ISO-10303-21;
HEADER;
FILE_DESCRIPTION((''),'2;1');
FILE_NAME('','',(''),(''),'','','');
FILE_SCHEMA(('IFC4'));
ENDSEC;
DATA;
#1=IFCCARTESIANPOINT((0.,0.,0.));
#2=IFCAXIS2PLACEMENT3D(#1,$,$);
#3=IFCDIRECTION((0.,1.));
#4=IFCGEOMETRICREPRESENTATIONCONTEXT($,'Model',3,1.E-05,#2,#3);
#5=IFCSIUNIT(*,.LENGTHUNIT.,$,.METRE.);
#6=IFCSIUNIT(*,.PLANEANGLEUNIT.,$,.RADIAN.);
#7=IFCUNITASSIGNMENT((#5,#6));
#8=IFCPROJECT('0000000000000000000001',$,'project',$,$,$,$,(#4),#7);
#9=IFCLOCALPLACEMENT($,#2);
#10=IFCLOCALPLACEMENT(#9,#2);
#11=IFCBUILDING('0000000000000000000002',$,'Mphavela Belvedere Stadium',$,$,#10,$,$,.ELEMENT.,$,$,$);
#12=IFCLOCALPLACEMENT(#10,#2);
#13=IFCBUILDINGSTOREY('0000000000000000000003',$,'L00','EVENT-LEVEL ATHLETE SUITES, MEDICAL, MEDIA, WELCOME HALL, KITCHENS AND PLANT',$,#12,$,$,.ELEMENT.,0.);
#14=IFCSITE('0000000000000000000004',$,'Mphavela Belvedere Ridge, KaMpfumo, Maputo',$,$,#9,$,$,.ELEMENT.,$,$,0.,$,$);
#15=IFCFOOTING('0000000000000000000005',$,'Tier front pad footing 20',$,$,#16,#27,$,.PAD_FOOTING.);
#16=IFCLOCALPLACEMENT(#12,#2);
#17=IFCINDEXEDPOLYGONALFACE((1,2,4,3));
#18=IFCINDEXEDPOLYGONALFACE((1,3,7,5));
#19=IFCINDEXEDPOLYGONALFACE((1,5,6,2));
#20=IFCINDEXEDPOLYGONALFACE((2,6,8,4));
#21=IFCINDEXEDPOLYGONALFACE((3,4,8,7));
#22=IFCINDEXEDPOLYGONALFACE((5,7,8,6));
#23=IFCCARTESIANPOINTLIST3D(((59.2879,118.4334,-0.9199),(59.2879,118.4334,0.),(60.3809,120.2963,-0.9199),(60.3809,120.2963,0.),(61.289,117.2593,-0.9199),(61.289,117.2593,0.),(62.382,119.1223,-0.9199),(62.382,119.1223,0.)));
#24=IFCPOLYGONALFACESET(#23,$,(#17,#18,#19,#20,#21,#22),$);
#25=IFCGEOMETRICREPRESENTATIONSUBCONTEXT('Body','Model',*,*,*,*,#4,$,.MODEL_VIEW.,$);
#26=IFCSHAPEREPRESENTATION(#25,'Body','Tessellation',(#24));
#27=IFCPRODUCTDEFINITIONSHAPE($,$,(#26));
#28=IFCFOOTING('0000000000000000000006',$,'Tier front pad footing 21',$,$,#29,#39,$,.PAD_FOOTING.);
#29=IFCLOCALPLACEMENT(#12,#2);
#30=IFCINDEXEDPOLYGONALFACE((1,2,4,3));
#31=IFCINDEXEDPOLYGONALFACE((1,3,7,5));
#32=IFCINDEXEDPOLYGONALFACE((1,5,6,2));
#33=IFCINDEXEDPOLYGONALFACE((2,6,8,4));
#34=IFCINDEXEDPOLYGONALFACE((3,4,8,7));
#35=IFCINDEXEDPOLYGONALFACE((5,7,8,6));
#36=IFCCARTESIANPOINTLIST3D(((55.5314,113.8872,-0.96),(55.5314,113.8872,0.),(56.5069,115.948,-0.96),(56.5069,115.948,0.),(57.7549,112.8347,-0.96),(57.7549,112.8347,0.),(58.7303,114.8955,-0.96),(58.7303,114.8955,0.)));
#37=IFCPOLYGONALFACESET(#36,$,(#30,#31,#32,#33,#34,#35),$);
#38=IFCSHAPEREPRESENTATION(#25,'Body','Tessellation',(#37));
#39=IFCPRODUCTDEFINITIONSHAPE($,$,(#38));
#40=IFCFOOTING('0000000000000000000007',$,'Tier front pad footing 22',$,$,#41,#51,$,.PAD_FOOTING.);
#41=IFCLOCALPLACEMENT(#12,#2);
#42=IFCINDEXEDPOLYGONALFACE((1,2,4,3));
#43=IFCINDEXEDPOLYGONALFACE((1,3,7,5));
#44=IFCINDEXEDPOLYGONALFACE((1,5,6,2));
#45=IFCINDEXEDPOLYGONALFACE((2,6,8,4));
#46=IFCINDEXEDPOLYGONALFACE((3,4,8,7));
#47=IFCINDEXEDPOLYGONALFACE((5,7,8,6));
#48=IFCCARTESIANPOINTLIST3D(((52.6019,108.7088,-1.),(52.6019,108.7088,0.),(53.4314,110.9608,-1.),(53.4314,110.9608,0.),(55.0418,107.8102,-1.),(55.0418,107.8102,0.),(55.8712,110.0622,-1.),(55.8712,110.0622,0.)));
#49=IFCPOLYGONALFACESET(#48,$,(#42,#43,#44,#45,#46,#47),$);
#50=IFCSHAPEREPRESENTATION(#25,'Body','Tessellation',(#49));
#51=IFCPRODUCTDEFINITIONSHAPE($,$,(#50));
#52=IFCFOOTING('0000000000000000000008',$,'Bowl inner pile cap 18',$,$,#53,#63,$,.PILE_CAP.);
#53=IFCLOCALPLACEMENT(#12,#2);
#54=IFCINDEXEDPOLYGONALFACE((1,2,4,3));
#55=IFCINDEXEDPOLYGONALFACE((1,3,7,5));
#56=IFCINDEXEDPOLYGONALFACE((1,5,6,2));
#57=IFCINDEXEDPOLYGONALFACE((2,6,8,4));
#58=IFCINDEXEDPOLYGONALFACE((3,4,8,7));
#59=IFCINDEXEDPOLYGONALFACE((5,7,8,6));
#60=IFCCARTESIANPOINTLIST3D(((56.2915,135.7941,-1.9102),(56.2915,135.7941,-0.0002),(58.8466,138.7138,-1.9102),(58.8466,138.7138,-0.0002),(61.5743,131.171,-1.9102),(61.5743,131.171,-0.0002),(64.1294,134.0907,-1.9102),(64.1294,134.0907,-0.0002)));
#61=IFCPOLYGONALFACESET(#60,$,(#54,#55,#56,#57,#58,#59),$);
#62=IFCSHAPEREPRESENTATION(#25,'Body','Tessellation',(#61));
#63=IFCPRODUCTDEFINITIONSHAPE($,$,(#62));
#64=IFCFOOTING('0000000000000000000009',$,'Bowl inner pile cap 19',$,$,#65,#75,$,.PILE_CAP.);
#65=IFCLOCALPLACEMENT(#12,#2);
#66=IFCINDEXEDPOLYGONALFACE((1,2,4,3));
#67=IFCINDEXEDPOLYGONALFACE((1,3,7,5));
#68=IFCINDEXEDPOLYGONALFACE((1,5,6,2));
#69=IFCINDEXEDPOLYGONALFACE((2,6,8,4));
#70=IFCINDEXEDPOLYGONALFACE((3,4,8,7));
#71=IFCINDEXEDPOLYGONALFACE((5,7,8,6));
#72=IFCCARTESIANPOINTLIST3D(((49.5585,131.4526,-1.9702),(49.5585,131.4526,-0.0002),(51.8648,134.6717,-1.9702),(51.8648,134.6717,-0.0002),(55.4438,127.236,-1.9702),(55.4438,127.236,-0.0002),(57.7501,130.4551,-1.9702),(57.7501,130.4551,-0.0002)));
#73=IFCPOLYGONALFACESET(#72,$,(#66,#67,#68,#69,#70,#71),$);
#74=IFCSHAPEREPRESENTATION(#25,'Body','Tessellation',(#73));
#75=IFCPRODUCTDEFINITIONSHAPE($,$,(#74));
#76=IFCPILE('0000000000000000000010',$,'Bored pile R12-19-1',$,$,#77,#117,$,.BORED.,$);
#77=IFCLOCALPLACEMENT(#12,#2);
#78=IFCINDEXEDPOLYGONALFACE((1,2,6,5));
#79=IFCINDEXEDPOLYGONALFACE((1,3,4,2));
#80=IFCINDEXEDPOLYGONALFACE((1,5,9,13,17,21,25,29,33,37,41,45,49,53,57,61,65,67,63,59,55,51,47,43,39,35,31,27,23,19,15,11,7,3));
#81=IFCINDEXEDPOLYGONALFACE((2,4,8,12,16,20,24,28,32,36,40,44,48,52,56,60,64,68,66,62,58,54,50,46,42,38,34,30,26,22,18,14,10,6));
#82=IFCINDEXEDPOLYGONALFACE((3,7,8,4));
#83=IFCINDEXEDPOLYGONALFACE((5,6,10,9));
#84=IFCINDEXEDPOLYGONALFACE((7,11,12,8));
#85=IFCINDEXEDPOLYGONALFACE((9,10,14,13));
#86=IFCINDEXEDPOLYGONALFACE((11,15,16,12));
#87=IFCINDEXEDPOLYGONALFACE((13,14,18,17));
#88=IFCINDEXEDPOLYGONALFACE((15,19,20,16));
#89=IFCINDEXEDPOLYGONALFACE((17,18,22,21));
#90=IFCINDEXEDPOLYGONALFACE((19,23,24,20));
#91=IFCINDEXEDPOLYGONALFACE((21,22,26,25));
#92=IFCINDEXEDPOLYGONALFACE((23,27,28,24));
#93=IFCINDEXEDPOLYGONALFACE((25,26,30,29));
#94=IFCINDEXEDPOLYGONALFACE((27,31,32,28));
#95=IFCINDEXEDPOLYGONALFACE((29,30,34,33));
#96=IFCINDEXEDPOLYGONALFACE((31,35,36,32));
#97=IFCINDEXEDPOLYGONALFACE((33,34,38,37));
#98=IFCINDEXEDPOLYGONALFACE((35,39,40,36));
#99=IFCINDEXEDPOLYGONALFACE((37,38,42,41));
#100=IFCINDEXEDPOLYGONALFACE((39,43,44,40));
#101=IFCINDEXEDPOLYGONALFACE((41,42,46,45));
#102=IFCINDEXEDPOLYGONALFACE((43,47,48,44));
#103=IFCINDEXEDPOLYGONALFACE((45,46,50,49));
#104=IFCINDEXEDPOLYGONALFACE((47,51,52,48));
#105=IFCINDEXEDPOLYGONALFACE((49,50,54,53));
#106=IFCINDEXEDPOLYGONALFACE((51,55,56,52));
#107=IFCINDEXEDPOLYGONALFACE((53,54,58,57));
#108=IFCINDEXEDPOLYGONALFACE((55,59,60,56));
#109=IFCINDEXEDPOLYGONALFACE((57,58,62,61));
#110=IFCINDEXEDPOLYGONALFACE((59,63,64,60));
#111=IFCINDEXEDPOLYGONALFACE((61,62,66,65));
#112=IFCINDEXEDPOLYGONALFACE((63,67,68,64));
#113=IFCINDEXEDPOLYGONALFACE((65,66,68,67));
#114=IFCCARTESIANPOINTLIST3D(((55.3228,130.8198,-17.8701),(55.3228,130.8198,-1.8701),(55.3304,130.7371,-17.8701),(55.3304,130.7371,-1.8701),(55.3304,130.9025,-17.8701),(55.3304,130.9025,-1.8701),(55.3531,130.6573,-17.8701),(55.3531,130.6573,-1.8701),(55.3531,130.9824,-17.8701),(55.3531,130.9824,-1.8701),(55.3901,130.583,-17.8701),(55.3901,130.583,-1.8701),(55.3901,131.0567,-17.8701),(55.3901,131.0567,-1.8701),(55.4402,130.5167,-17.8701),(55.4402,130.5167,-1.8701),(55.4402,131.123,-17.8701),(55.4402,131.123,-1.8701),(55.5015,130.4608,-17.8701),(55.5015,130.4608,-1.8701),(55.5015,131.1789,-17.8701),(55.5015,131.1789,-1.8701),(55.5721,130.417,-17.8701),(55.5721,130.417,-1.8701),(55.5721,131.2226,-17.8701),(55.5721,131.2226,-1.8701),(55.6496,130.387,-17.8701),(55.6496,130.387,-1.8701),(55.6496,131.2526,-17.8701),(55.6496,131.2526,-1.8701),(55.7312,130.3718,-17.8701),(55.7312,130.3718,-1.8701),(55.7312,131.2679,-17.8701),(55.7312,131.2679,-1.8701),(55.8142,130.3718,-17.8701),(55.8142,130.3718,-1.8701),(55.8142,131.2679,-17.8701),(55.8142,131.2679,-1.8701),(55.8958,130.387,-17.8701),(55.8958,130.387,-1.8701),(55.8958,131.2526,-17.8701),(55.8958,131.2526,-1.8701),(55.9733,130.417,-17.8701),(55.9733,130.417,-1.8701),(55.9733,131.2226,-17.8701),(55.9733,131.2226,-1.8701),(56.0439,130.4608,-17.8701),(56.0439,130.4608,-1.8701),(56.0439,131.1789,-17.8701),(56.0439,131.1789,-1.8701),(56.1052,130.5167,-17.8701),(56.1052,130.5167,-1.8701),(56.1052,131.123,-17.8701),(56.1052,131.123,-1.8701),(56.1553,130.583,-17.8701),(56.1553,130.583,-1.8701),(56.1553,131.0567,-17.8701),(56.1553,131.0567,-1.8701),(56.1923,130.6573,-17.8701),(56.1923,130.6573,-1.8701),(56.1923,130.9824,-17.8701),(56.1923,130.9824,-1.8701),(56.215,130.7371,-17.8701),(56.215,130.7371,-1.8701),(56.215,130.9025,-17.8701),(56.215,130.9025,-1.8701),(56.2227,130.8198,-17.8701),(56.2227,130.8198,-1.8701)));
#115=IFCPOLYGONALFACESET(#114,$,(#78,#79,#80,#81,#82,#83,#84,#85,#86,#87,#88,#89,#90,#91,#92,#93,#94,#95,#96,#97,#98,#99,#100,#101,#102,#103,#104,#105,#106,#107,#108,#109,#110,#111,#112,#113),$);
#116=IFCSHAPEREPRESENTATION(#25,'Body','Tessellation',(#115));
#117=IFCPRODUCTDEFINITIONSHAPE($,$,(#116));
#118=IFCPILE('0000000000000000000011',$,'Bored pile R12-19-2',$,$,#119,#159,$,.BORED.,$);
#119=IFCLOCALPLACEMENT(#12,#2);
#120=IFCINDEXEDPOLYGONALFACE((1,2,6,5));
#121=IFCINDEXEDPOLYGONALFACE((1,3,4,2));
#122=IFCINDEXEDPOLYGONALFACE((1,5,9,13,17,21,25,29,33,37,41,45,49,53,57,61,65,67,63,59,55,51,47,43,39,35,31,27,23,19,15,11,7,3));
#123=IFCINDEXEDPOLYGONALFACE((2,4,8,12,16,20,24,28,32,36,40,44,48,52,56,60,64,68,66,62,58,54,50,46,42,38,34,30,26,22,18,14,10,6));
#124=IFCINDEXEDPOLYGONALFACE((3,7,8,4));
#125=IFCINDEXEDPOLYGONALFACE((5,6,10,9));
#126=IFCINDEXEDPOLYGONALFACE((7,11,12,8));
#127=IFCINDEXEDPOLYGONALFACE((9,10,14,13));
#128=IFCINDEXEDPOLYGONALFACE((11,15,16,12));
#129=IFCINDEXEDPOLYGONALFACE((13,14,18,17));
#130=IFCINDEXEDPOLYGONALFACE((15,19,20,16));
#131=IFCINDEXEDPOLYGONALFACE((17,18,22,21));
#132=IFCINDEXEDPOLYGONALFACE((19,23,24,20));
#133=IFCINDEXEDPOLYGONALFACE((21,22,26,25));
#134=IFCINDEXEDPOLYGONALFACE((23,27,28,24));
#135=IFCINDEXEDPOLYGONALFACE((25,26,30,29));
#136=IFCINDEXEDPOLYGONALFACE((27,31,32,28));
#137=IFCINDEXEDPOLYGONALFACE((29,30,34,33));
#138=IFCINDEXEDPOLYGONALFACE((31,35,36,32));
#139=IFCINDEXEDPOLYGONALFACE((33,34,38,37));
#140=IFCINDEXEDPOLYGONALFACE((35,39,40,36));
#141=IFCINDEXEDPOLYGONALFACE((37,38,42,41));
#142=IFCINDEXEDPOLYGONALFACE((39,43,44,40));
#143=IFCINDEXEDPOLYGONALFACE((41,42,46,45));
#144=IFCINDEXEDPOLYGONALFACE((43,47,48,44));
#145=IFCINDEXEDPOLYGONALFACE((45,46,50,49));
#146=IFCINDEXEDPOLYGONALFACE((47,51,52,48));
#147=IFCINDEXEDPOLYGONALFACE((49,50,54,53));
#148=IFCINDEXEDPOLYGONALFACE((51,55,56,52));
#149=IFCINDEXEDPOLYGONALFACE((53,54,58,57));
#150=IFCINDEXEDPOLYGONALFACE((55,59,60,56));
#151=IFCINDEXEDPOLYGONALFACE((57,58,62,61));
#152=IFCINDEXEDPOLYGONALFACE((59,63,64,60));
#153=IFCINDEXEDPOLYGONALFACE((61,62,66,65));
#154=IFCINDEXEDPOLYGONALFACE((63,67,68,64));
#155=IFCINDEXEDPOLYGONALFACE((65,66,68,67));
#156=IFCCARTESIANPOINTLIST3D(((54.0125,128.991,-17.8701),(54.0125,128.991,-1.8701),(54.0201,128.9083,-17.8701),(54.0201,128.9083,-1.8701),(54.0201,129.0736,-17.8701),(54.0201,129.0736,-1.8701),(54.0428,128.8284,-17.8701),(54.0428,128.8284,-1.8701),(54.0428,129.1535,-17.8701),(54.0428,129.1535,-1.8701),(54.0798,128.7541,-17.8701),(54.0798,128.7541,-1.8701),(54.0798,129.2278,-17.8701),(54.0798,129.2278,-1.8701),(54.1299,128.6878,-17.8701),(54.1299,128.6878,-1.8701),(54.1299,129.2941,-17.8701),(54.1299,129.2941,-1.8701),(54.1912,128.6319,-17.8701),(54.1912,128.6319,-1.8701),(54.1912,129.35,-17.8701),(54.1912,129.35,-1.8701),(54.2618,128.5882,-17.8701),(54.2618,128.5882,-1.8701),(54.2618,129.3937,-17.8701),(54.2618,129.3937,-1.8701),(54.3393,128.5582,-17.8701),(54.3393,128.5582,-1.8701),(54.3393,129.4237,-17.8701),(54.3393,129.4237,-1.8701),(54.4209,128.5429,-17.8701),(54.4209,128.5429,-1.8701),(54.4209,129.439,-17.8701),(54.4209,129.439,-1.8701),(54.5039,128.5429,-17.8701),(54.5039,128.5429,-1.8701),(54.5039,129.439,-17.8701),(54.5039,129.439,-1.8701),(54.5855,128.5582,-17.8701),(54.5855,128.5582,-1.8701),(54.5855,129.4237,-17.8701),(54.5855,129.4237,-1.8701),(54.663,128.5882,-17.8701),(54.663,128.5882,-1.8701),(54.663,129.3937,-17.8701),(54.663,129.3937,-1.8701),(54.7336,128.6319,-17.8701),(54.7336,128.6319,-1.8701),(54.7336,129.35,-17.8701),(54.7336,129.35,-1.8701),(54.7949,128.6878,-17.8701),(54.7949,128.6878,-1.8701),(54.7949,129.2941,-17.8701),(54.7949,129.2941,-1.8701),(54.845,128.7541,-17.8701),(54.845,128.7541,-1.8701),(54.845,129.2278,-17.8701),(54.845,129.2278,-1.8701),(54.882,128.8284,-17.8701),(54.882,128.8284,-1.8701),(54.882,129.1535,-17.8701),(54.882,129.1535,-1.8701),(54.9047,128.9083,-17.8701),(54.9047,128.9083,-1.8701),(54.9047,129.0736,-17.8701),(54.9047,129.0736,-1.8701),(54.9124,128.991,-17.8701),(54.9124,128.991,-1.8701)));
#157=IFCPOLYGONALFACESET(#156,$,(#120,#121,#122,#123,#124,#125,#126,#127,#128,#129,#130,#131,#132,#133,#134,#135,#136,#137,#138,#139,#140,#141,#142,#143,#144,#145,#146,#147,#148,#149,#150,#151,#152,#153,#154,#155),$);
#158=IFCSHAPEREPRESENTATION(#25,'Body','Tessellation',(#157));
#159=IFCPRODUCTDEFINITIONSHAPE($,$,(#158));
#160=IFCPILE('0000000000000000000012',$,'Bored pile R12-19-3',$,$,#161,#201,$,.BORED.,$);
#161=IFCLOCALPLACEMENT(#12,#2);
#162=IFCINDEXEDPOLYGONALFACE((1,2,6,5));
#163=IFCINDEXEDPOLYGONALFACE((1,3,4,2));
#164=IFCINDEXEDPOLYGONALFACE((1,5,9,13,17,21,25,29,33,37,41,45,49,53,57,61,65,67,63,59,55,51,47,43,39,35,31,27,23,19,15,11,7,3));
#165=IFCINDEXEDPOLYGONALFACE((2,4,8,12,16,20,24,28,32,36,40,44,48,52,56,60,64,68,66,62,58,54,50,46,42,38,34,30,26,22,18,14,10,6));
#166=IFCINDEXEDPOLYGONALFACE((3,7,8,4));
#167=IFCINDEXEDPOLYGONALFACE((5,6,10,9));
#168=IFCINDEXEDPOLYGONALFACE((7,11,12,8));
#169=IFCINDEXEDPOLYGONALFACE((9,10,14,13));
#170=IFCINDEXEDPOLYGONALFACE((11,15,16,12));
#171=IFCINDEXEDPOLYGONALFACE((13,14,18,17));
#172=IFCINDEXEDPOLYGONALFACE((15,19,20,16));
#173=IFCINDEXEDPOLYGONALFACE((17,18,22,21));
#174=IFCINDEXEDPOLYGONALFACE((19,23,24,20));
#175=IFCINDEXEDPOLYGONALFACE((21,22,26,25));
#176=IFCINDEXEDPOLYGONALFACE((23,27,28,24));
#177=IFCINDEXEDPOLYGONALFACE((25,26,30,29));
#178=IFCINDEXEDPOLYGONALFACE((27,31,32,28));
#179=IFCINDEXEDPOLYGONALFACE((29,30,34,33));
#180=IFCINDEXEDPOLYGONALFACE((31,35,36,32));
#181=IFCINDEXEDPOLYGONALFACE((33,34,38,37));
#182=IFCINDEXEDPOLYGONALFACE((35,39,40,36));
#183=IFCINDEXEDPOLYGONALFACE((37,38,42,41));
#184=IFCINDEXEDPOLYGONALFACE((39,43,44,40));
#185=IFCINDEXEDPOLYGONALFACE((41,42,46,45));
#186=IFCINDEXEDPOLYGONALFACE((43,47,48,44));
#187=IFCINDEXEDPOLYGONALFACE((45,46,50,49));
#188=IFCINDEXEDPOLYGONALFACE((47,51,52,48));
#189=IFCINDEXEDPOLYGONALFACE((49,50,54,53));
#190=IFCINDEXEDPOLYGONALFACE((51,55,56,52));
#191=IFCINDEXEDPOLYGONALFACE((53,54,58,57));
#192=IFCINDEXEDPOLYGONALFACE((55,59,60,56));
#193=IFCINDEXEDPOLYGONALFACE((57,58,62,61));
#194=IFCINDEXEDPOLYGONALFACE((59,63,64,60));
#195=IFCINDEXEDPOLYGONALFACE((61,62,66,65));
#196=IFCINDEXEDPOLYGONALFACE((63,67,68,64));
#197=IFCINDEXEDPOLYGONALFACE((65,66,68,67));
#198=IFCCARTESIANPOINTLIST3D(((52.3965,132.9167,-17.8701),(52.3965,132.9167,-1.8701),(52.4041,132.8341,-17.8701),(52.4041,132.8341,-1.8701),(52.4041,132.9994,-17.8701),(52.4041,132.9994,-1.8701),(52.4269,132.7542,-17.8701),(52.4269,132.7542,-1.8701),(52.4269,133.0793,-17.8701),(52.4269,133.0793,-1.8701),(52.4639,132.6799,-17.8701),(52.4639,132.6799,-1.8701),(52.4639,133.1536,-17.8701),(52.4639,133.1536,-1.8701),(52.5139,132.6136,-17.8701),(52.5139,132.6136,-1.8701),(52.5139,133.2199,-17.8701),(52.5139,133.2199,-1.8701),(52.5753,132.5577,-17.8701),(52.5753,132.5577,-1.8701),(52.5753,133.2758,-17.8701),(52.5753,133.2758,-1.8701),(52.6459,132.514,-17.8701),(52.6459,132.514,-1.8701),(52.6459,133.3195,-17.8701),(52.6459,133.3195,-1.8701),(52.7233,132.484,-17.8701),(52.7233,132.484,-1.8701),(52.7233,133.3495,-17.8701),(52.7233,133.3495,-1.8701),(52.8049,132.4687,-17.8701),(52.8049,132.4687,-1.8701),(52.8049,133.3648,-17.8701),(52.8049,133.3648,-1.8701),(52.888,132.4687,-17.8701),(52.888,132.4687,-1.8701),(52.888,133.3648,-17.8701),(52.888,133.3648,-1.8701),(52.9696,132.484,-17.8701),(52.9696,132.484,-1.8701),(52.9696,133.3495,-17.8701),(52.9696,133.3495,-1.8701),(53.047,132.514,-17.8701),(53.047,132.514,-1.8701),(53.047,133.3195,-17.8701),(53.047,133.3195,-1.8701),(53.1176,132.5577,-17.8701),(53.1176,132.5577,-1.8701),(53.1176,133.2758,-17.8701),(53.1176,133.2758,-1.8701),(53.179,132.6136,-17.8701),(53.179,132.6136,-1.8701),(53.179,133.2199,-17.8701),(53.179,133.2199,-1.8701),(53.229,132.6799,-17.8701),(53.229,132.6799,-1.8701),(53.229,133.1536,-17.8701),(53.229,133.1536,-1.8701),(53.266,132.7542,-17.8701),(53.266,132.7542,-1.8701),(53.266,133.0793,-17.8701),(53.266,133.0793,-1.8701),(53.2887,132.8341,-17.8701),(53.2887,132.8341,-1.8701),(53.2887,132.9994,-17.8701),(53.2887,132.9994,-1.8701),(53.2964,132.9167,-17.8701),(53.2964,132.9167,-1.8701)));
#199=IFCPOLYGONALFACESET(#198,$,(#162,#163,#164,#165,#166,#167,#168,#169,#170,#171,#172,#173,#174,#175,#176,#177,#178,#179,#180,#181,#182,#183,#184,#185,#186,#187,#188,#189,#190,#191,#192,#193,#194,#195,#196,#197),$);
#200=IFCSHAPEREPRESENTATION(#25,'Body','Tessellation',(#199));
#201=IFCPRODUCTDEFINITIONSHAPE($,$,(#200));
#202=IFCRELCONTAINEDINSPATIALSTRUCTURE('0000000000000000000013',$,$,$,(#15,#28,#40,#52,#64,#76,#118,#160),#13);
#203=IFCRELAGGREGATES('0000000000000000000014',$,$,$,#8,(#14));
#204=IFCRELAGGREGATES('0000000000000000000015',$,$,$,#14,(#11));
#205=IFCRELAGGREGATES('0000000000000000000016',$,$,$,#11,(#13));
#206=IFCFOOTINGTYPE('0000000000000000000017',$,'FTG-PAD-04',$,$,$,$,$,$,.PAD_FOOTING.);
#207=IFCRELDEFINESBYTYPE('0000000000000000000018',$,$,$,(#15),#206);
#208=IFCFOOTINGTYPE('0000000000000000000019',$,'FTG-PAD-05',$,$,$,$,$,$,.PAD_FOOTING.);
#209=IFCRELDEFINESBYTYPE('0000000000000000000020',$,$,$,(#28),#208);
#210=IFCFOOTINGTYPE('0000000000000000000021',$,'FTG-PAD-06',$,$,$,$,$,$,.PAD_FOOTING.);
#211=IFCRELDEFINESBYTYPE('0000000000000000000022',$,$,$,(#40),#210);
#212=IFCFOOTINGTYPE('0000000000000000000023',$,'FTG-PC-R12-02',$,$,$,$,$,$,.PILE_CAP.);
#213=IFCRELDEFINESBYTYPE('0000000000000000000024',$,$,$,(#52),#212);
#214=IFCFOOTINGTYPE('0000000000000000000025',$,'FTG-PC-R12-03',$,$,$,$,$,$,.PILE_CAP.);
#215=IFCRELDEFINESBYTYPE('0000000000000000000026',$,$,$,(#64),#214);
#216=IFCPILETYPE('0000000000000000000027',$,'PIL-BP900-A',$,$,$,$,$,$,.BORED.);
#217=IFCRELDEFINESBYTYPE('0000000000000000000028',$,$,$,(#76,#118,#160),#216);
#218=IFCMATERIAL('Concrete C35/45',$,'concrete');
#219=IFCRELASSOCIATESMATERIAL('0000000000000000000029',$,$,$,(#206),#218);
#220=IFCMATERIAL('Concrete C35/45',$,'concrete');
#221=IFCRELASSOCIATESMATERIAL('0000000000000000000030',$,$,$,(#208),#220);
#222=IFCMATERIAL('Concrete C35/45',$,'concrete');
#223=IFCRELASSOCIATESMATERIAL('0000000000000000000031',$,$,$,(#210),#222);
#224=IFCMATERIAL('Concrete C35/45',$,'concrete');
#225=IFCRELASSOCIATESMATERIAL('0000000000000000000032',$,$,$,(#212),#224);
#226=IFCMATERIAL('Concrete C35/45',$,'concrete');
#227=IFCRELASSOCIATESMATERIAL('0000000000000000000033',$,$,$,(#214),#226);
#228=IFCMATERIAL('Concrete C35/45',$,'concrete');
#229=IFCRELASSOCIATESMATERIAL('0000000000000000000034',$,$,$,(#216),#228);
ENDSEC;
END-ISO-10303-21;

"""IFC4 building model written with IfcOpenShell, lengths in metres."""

from ifc_helpers import new_model, si_unit, direction, frame, origin, origin_2d, place, context, subcontext, project, spatial, rectangle, circle, extrude, material, material_profile, profile_set, type_object, element, save


model = new_model("IFC4")

# Units and contexts
model_context = context("Model", 3, precision=1e-05, world=origin(), true_north=direction((0.0, 1.0)))
body_context = subcontext(model_context, "Body", "Model", "MODEL_VIEW")
ifc_project = project(units=[si_unit("LENGTHUNIT", "METRE"), si_unit("PLANEANGLEUNIT", "RADIAN")], contexts=[model_context])

# Site, building, storey
site_placement = place(None, origin())
site = spatial("IfcSite", under=ifc_project, at=site_placement, Name="Mphavela Belvedere Ridge, KaMpfumo, Maputo", CompositionType="ELEMENT", RefElevation=0.0)
building_placement = place(site_placement, origin())
building = spatial("IfcBuilding", under=site, at=building_placement, Name="Mphavela Belvedere Stadium", CompositionType="ELEMENT")
storey_placement = place(building_placement, origin())
storey = spatial("IfcBuildingStorey", under=building, at=storey_placement, Name="L00", Description="EVENT-LEVEL ATHLETE SUITES, MEDICAL, MEDIA, WELCOME HALL, KITCHENS AND PLANT", CompositionType="ELEMENT", Elevation=0.0)

# Footings
ifc_material_1 = material(Name="Concrete C35/45", Category="concrete")
footing_type_1 = type_object("IfcFootingType", Name="FTG-PAD-04", PredefinedType="PAD_FOOTING", material=ifc_material_1)
footing_1_placement = place(storey_placement, frame((60.835, 118.7778, -0.9199), z_axis=(0.0, 0.0, 1.0), x_axis=(-0.862514, 0.506034, 0.0)))
element("IfcFooting", 1, at=footing_1_placement, inside=storey, type_object=footing_type_1, Name="Tier front pad footing 20", PredefinedType="PAD_FOOTING", context=body_context, shape_type="SweptSolid", body=[
    extrude(rectangle(XDim=2.3201, YDim=2.1599, at=origin_2d()), origin(), (0.0, 0.0, 1.0), 0.9199),
])
ifc_material_2 = material(Name="Concrete C35/45", Category="concrete")
footing_type_2 = type_object("IfcFootingType", Name="FTG-PAD-05", PredefinedType="PAD_FOOTING", material=ifc_material_2)
footing_2_placement = place(storey_placement, frame((57.1309, 114.3914, -0.96), z_axis=(0.0, 0.0, 1.0), x_axis=(-0.903859, 0.427831, 0.0)))
element("IfcFooting", 2, at=footing_2_placement, inside=storey, type_object=footing_type_2, Name="Tier front pad footing 21", PredefinedType="PAD_FOOTING", context=body_context, shape_type="SweptSolid", body=[
    extrude(rectangle(XDim=2.46, YDim=2.28, at=origin_2d()), origin(), (0.0, 0.0, 1.0), 0.96),
])
ifc_material_3 = material(Name="Concrete C35/45", Category="concrete")
footing_type_3 = type_object("IfcFootingType", Name="FTG-PAD-06", PredefinedType="PAD_FOOTING", material=ifc_material_3)
footing_3_placement = place(storey_placement, frame((54.2366, 109.3855, -1.0), z_axis=(0.0, 0.0, 1.0), x_axis=(-0.938372, 0.345626, 0.0)))
element("IfcFooting", 3, at=footing_3_placement, inside=storey, type_object=footing_type_3, Name="Tier front pad footing 22", PredefinedType="PAD_FOOTING", context=body_context, shape_type="SweptSolid", body=[
    extrude(rectangle(XDim=2.6001, YDim=2.3999, at=origin_2d()), origin(), (0.0, 0.0, 1.0), 1.0),
])
ifc_material_4 = material(Name="Concrete C35/45", Category="concrete")
footing_type_4 = type_object("IfcFootingType", Name="FTG-PC-R12-02", PredefinedType="PILE_CAP", material=ifc_material_4)
footing_4_placement = place(storey_placement, frame((60.2104, 134.9424, -1.9102), z_axis=(0.0, 0.0, 1.0), x_axis=(-0.75253, 0.658558, 0.0)))
element("IfcFooting", 4, at=footing_4_placement, inside=storey, type_object=footing_type_4, Name="Bowl inner pile cap 18", PredefinedType="PILE_CAP", context=body_context, shape_type="SweptSolid", body=[
    extrude(rectangle(XDim=7.02, YDim=3.8799, at=origin_2d()), origin(), (0.0, 0.0, 1.0), 1.9099),
])
ifc_material_5 = material(Name="Concrete C35/45", Category="concrete")
footing_type_5 = type_object("IfcFootingType", Name="FTG-PC-R12-03", PredefinedType="PILE_CAP", material=ifc_material_5)
footing_5_placement = place(storey_placement, frame((53.6543, 130.9539, -1.9702), z_axis=(0.0, 0.0, 1.0), x_axis=(-0.812898, 0.582407, 0.0)))
element("IfcFooting", 5, at=footing_5_placement, inside=storey, type_object=footing_type_5, Name="Bowl inner pile cap 19", PredefinedType="PILE_CAP", context=body_context, shape_type="SweptSolid", body=[
    extrude(rectangle(XDim=7.24, YDim=3.96, at=origin_2d()), origin(), (0.0, 0.0, 1.0), 1.97),
])

# Piles
ifc_material_6 = material(Name="Concrete C35/45", Category="concrete")
ifc_material_profile_1 = material_profile(ifc_material_6, circle(Radius=0.45, at=origin_2d()), Name="BP D900")
ifc_profile_set_1 = profile_set([ifc_material_profile_1], Name="Concrete C35/45")
pile_type_1 = type_object("IfcPileType", Name="PIL-BP900-A", PredefinedType="BORED", material=ifc_profile_set_1)
for number, where, z_axis, x_axis, name in (
    (6, (55.7727, 130.8198, -1.8701), (0.0, 0.0, -1.0), (1.0, 0.0, 0.0), "Bored pile R12-19-1"),
    (7, (54.4624, 128.991, -1.8701), (0.0, 0.0, -1.0), (1.0, 0.0, 0.0), "Bored pile R12-19-2"),
    (8, (52.8464, 132.9167, -1.8701), (0.0, 0.0, -1.0), (1.0, 0.0, 0.0), "Bored pile R12-19-3"),
):
    element("IfcPile", number, at=place(storey_placement, frame(where, z_axis=z_axis, x_axis=x_axis)), inside=storey, type_object=pile_type_1, Name=name, PredefinedType="BORED", context=body_context, shape_type="SweptSolid", body=[
        extrude(circle(Radius=0.45, at=origin_2d()), origin(), (0.0, 0.0, 1.0), 16.0),
    ])

save(model, "model.ifc")
